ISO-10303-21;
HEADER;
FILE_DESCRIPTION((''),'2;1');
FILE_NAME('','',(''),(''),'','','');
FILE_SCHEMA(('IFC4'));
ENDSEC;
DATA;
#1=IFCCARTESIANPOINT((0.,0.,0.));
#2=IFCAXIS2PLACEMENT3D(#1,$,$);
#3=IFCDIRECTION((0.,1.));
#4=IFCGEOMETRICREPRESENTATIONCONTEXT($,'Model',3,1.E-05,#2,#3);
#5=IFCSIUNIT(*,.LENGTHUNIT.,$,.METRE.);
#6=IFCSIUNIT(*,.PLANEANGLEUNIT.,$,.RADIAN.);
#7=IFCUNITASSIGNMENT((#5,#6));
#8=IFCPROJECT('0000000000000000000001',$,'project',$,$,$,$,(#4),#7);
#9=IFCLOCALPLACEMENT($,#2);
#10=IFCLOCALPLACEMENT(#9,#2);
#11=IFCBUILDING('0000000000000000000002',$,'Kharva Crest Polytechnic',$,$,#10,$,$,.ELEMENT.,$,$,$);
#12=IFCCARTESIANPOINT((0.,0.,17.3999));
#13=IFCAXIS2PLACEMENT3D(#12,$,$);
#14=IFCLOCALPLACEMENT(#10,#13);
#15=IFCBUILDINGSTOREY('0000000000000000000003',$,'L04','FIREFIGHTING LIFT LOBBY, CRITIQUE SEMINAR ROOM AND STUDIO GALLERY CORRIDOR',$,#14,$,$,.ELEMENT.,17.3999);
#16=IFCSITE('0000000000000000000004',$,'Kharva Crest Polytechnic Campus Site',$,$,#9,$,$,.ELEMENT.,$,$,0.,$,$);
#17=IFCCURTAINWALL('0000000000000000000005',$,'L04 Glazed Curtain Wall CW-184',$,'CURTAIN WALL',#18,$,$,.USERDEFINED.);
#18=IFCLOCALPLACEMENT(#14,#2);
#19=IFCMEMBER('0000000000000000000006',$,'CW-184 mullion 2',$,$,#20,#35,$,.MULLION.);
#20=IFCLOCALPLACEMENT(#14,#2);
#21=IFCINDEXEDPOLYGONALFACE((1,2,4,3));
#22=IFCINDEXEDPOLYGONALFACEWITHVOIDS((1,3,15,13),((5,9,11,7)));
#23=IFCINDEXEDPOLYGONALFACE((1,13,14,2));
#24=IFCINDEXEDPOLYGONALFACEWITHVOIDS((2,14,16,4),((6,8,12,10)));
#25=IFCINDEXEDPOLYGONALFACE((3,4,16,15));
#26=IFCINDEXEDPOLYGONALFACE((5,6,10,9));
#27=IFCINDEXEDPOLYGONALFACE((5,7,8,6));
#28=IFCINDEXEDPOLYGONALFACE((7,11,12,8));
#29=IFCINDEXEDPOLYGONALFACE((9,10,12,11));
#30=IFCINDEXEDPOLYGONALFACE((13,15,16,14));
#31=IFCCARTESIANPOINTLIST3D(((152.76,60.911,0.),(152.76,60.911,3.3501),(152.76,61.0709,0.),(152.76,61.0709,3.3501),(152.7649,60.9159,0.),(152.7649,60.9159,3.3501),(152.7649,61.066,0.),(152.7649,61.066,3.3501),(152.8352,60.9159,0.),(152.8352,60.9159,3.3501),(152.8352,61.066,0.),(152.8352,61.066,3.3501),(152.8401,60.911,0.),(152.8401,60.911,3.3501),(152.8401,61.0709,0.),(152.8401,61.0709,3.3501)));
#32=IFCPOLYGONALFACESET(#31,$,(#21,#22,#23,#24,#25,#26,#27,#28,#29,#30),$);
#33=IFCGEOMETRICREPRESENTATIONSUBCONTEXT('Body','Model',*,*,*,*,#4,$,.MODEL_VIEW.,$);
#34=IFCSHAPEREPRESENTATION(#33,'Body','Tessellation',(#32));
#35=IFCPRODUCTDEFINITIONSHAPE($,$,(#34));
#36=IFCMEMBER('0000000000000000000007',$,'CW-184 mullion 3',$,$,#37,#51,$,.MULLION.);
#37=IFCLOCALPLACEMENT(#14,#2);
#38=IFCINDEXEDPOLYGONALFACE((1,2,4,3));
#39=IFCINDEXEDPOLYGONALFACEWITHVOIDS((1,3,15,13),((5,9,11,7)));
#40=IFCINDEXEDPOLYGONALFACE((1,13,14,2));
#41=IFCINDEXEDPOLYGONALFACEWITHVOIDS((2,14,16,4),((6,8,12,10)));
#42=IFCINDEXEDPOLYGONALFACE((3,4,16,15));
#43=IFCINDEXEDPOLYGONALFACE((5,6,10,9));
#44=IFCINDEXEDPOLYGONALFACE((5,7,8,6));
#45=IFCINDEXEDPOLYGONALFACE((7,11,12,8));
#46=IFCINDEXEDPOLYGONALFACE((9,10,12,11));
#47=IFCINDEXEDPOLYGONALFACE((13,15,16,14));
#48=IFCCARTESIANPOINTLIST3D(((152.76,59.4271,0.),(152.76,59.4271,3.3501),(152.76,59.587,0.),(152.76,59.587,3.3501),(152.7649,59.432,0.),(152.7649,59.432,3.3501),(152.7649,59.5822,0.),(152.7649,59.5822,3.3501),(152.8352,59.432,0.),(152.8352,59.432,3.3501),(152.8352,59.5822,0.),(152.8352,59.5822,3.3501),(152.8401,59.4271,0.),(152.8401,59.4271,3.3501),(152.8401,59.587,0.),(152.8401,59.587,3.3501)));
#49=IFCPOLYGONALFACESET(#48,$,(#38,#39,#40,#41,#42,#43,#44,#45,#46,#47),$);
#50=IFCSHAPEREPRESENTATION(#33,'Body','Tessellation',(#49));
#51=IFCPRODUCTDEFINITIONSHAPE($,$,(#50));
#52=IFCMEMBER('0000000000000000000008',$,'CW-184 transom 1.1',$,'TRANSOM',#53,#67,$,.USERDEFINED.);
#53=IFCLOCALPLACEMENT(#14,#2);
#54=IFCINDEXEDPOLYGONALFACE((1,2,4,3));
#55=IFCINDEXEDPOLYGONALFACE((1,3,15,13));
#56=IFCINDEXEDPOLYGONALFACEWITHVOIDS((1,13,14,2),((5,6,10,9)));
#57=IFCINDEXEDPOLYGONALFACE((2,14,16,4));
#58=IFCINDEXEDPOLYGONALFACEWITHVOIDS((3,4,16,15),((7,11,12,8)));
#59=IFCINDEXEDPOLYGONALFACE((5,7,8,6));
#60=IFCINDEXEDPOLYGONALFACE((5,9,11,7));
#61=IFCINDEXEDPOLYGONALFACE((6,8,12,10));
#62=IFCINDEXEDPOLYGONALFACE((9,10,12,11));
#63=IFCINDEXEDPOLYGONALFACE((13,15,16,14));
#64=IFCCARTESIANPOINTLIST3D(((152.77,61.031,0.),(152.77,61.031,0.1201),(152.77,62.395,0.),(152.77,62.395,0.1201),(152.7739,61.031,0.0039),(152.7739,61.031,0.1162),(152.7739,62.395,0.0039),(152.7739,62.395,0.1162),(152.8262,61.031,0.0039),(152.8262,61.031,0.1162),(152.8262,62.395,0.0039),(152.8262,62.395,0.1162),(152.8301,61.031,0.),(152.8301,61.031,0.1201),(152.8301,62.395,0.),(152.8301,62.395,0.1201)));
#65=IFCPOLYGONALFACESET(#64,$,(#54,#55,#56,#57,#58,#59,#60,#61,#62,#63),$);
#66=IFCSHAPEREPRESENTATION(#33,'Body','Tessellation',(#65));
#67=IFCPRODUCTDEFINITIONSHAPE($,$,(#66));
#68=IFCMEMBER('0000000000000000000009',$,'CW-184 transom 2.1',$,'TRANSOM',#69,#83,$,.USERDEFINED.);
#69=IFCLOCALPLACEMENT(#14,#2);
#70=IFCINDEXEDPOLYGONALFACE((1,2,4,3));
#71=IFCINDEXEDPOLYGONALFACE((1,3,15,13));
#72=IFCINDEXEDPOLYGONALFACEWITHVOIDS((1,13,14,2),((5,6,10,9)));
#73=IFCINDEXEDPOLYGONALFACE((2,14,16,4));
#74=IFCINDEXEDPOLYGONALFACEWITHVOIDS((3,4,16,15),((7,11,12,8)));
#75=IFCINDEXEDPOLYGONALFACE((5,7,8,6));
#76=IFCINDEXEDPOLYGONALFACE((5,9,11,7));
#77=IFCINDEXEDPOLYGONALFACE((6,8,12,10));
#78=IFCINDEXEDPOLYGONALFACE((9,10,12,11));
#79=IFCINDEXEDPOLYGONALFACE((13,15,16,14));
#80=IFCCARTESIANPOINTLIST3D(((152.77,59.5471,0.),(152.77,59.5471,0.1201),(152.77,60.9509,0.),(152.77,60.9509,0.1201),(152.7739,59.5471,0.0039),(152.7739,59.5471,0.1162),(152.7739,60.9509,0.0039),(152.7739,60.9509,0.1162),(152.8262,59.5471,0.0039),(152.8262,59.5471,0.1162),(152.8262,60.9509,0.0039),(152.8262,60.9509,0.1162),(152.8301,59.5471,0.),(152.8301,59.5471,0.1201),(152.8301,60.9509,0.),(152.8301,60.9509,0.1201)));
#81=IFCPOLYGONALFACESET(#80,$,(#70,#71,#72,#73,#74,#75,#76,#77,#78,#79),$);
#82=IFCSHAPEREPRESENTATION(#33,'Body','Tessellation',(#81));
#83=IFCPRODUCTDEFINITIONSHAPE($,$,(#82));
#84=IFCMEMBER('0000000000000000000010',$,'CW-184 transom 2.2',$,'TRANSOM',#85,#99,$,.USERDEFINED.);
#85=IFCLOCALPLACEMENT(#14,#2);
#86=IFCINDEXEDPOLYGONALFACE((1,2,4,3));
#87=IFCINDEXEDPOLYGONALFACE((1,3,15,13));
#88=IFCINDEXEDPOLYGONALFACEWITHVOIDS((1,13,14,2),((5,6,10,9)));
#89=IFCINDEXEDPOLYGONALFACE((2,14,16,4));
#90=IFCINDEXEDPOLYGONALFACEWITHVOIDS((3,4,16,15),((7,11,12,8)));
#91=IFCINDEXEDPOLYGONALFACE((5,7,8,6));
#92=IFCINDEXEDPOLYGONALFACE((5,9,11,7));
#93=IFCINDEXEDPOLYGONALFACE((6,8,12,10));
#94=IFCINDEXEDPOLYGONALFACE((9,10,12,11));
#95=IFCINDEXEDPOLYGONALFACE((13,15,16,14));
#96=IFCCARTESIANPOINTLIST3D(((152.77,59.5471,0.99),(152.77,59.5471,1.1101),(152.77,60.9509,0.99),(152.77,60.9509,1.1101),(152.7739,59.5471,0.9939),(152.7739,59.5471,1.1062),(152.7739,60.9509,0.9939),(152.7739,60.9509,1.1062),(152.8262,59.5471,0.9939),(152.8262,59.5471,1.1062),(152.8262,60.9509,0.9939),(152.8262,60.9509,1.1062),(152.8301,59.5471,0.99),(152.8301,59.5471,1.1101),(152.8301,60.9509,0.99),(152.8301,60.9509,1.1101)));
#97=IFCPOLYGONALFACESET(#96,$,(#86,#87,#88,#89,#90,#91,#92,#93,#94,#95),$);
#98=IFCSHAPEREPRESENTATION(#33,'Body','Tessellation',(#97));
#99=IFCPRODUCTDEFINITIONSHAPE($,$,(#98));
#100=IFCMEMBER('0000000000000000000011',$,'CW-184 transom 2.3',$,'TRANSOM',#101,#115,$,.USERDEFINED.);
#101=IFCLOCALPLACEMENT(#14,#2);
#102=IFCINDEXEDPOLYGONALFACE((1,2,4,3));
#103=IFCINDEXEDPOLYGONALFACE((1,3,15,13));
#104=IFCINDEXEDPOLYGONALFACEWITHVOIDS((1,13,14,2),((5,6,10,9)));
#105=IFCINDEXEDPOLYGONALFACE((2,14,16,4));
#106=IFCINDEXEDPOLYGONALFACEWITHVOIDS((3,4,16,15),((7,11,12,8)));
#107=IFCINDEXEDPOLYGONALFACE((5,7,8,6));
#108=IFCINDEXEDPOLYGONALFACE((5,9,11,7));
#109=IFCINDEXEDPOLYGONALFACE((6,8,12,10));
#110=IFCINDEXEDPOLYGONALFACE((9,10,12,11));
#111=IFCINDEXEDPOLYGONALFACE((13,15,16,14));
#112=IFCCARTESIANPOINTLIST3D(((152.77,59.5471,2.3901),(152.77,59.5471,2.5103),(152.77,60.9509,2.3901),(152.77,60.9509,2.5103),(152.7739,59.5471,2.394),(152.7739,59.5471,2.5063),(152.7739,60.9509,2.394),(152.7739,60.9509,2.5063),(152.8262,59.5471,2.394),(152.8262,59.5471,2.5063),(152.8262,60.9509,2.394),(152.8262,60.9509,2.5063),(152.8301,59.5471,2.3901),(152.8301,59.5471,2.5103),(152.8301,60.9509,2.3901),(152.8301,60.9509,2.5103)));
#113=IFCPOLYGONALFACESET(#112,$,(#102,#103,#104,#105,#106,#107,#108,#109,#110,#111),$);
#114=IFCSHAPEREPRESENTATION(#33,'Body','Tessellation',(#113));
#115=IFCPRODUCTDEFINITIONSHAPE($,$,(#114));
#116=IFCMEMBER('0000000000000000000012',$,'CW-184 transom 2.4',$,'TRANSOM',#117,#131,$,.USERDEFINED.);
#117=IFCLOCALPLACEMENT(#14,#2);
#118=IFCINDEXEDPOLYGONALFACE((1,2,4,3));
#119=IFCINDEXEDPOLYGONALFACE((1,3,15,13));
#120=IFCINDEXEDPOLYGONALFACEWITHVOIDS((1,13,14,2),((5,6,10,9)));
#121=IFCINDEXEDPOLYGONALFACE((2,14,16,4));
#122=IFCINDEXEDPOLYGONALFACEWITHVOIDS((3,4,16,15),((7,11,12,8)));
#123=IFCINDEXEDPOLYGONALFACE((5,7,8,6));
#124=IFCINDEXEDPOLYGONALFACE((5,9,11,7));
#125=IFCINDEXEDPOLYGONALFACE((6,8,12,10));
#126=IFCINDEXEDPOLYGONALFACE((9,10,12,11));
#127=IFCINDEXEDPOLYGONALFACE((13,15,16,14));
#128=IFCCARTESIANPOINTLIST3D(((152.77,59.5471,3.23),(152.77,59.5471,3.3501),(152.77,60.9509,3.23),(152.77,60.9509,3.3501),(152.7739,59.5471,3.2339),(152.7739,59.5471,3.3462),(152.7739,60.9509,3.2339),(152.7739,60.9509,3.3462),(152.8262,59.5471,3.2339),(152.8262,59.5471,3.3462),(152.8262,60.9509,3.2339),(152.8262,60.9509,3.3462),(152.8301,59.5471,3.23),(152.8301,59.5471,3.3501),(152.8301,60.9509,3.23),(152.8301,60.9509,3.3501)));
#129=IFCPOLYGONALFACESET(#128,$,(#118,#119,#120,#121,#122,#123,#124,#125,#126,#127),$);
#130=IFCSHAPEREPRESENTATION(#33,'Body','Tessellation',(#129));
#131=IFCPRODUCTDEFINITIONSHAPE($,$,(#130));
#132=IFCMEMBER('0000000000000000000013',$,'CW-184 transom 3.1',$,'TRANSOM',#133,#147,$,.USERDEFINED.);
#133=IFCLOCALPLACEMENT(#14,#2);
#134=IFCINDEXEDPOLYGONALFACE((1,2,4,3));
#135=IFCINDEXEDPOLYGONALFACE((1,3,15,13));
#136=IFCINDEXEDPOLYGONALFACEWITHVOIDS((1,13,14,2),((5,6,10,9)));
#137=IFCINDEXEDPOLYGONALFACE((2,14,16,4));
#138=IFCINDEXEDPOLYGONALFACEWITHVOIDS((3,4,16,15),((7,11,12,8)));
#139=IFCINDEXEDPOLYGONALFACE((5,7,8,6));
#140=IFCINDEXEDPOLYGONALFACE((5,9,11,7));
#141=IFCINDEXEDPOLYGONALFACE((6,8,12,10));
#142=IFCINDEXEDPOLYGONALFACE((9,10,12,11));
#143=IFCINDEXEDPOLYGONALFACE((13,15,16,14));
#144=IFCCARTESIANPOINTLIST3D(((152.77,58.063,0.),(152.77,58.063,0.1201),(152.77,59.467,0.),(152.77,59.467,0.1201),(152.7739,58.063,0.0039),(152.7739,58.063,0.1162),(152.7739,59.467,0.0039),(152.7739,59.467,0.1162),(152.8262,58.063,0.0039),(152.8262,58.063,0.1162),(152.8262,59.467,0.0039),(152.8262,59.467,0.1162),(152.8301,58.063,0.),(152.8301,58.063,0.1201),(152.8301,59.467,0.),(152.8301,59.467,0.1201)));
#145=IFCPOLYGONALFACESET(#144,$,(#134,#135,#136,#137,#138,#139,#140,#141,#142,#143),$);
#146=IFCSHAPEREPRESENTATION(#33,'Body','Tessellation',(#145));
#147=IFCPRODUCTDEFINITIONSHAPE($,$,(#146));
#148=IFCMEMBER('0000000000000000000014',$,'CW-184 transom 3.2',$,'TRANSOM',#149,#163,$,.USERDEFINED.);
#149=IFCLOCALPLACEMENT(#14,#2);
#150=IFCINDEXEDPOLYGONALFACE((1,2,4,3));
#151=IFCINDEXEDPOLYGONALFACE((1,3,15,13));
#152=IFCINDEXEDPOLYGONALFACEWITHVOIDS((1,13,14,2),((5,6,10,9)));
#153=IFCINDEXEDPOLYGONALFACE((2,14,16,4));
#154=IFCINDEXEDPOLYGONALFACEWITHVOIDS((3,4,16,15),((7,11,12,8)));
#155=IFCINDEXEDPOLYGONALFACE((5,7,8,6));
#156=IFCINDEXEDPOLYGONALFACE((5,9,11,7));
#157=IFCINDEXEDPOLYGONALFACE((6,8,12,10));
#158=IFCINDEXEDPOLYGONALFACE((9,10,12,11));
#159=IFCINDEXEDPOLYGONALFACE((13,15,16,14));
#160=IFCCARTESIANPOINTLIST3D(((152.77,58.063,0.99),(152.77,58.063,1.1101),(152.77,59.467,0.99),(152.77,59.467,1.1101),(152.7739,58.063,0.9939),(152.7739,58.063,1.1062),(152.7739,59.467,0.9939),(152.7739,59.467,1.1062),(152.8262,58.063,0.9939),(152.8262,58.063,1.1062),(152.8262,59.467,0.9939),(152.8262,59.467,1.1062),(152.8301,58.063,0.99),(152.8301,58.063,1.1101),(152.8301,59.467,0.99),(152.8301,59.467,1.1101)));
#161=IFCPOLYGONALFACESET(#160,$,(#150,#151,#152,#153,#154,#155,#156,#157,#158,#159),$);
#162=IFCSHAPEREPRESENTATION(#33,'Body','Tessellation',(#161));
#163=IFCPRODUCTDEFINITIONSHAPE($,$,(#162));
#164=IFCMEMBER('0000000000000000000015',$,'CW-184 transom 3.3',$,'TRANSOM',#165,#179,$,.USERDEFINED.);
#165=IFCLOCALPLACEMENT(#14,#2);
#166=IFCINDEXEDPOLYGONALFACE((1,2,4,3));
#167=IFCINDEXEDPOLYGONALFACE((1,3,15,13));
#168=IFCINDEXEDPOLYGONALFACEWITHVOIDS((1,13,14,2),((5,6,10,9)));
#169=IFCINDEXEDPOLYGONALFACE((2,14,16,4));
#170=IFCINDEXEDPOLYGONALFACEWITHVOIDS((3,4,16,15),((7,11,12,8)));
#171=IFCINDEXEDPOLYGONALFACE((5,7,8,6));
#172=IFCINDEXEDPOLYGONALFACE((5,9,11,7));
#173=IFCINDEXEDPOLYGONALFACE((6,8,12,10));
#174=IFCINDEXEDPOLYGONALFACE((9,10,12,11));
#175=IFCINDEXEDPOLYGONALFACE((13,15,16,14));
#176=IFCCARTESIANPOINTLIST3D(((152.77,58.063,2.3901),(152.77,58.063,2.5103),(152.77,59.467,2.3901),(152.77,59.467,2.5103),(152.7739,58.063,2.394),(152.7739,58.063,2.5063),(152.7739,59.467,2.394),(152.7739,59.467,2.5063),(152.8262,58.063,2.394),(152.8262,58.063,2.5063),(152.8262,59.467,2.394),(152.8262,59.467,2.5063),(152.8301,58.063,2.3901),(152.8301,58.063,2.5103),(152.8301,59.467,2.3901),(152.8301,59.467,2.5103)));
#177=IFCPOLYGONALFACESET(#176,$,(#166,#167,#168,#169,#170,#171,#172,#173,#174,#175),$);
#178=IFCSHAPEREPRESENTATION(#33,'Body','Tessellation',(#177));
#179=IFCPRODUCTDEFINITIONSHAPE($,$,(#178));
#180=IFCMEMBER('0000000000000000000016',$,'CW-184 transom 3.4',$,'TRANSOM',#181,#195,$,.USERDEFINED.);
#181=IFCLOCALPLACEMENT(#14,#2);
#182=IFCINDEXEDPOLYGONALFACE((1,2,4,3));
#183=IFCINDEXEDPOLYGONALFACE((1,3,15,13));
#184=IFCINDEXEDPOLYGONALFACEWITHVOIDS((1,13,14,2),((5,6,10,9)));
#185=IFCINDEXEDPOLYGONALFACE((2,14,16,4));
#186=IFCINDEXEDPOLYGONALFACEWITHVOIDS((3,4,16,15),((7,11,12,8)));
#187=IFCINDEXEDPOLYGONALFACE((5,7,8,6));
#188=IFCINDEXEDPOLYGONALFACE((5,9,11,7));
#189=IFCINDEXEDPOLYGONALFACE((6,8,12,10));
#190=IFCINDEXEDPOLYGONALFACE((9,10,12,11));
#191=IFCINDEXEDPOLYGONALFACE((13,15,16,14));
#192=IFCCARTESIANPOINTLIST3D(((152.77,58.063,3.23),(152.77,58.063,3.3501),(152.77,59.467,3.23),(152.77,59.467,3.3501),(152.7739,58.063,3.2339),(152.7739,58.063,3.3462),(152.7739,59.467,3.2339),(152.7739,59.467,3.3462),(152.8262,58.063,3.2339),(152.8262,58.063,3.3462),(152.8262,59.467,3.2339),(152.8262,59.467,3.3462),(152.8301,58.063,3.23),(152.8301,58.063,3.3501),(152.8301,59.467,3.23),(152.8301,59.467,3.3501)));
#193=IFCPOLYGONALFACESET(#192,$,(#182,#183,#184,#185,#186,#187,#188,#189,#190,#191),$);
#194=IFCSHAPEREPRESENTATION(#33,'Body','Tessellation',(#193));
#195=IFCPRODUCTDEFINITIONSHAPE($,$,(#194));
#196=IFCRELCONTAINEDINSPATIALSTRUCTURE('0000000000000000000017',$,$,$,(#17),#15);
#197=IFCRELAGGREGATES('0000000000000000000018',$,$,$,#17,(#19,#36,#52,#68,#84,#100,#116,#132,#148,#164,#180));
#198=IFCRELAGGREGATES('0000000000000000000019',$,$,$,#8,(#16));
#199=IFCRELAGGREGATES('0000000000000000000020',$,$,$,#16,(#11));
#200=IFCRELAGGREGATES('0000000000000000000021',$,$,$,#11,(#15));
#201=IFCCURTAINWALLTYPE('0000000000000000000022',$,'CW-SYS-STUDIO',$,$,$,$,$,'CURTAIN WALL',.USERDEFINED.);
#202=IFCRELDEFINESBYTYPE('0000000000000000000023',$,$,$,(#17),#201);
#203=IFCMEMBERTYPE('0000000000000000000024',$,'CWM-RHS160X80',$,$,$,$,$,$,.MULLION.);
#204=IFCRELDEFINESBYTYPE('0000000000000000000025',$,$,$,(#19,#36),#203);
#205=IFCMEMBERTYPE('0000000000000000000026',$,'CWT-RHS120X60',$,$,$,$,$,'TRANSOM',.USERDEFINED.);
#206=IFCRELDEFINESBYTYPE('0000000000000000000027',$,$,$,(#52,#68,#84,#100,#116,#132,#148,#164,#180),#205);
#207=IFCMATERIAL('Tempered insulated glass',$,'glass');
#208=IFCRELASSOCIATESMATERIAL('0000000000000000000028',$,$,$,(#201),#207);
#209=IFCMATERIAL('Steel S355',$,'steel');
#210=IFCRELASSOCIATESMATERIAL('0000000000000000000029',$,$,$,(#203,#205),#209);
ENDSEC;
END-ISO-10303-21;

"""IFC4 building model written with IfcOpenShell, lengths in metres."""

from ifc_helpers import new_model, si_unit, direction, frame, origin, origin_2d, place, context, subcontext, project, spatial, hollow_rectangle, extrude, material, material_profile, profile_set, type_object, element, aggregate, save


model = new_model("IFC4")

# Units and contexts
model_context = context("Model", 3, precision=1e-05, world=origin(), true_north=direction((0.0, 1.0)))
body_context = subcontext(model_context, "Body", "Model", "MODEL_VIEW")
ifc_project = project(units=[si_unit("LENGTHUNIT", "METRE"), si_unit("PLANEANGLEUNIT", "RADIAN")], contexts=[model_context])

# Site, building, storey
site_placement = place(None, origin())
site = spatial("IfcSite", under=ifc_project, at=site_placement, Name="Kharva Crest Polytechnic Campus Site", CompositionType="ELEMENT", RefElevation=0.0)
building_placement = place(site_placement, origin())
building = spatial("IfcBuilding", under=site, at=building_placement, Name="Kharva Crest Polytechnic", CompositionType="ELEMENT")
storey_placement = place(building_placement, frame((0.0, 0.0, 17.3999)))
storey = spatial("IfcBuildingStorey", under=building, at=storey_placement, Name="L04", Description="FIREFIGHTING LIFT LOBBY, CRITIQUE SEMINAR ROOM AND STUDIO GALLERY CORRIDOR", CompositionType="ELEMENT", Elevation=17.3999)

# Curtain wall, members
ifc_material_1 = material(Name="Tempered insulated glass", Category="glass")
curtain_wall_type = type_object("IfcCurtainWallType", Name="CW-SYS-STUDIO", ElementType="CURTAIN WALL", PredefinedType="USERDEFINED", material=ifc_material_1)
curtain_wall_placement = place(storey_placement, origin())
curtain_wall = element("IfcCurtainWall", 1, at=curtain_wall_placement, inside=storey, type_object=curtain_wall_type, Name="L04 Glazed Curtain Wall CW-184", ObjectType="CURTAIN WALL", PredefinedType="USERDEFINED")
ifc_material_2 = material(Name="Steel S355", Category="steel")
ifc_material_profile_1 = material_profile(ifc_material_2, hollow_rectangle(XDim=0.0801, YDim=0.1599, WallThickness=0.0049, at=origin_2d()), Name="RHS 160X80X5.0")
ifc_profile_set_1 = profile_set([ifc_material_profile_1], Name="Steel S355")
member_type_1 = type_object("IfcMemberType", Name="CWM-RHS160X80", PredefinedType="MULLION", material=ifc_profile_set_1)
member_1_placement = place(storey_placement, frame((152.8, 60.991, 0.0), z_axis=(0.0, 0.0, 1.0), x_axis=(1.0, 0.0, 0.0)))
member_1 = element("IfcMember", 2, at=member_1_placement, type_object=member_type_1, Name="CW-184 mullion 2", PredefinedType="MULLION", context=body_context, shape_type="SweptSolid", body=[
    extrude(hollow_rectangle(XDim=0.0801, YDim=0.1599, WallThickness=0.0049, at=origin_2d()), origin(), (0.0, 0.0, 1.0), 3.3501),
])
member_2_placement = place(storey_placement, frame((152.8, 59.5071, 0.0), z_axis=(0.0, 0.0, 1.0), x_axis=(1.0, 0.0, 0.0)))
member_2 = element("IfcMember", 3, at=member_2_placement, type_object=member_type_1, Name="CW-184 mullion 3", PredefinedType="MULLION", context=body_context, shape_type="SweptSolid", body=[
    extrude(hollow_rectangle(XDim=0.0801, YDim=0.1599, WallThickness=0.0049, at=origin_2d()), origin(), (0.0, 0.0, 1.0), 3.3501),
])
ifc_material_profile_2 = material_profile(ifc_material_2, hollow_rectangle(XDim=0.0601, YDim=0.1201, WallThickness=0.0039, at=origin_2d()), Name="RHS 120X60X4.0")
ifc_profile_set_2 = profile_set([ifc_material_profile_2], Name="Steel S355")
member_type_2 = type_object("IfcMemberType", Name="CWT-RHS120X60", ElementType="TRANSOM", PredefinedType="USERDEFINED", material=ifc_profile_set_2)
member_3_placement = place(storey_placement, frame((152.8, 62.395, 0.0601), z_axis=(0.0, -1.0, 0.0), x_axis=(1.0, 0.0, 0.0)))
member_3 = element("IfcMember", 4, at=member_3_placement, type_object=member_type_2, Name="CW-184 transom 1.1", ObjectType="TRANSOM", PredefinedType="USERDEFINED", context=body_context, shape_type="SweptSolid", body=[
    extrude(hollow_rectangle(XDim=0.0601, YDim=0.1201, WallThickness=0.0039, at=origin_2d()), origin(), (0.0, 0.0, 1.0), 1.364),
])
member_4_placement = place(storey_placement, frame((152.8, 60.9509, 0.0601), z_axis=(0.0, -1.0, 0.0), x_axis=(1.0, 0.0, 0.0)))
member_4 = element("IfcMember", 5, at=member_4_placement, type_object=member_type_2, Name="CW-184 transom 2.1", ObjectType="TRANSOM", PredefinedType="USERDEFINED", context=body_context, shape_type="SweptSolid", body=[
    extrude(hollow_rectangle(XDim=0.0601, YDim=0.1201, WallThickness=0.0039, at=origin_2d()), origin(), (0.0, 0.0, 1.0), 1.4038),
])
member_5_placement = place(storey_placement, frame((152.8, 60.9509, 1.05), z_axis=(0.0, -1.0, 0.0), x_axis=(1.0, 0.0, 0.0)))
member_5 = element("IfcMember", 6, at=member_5_placement, type_object=member_type_2, Name="CW-184 transom 2.2", ObjectType="TRANSOM", PredefinedType="USERDEFINED", context=body_context, shape_type="SweptSolid", body=[
    extrude(hollow_rectangle(XDim=0.0601, YDim=0.1201, WallThickness=0.0039, at=origin_2d()), origin(), (0.0, 0.0, 1.0), 1.4038),
])
member_6_placement = place(storey_placement, frame((152.8, 60.9509, 2.4502), z_axis=(0.0, -1.0, 0.0), x_axis=(1.0, 0.0, 0.0)))
member_6 = element("IfcMember", 7, at=member_6_placement, type_object=member_type_2, Name="CW-184 transom 2.3", ObjectType="TRANSOM", PredefinedType="USERDEFINED", context=body_context, shape_type="SweptSolid", body=[
    extrude(hollow_rectangle(XDim=0.0601, YDim=0.1201, WallThickness=0.0039, at=origin_2d()), origin(), (0.0, 0.0, 1.0), 1.4038),
])
member_7_placement = place(storey_placement, frame((152.8, 60.9509, 3.29), z_axis=(0.0, -1.0, 0.0), x_axis=(1.0, 0.0, 0.0)))
member_7 = element("IfcMember", 8, at=member_7_placement, type_object=member_type_2, Name="CW-184 transom 2.4", ObjectType="TRANSOM", PredefinedType="USERDEFINED", context=body_context, shape_type="SweptSolid", body=[
    extrude(hollow_rectangle(XDim=0.0601, YDim=0.1201, WallThickness=0.0039, at=origin_2d()), origin(), (0.0, 0.0, 1.0), 1.4038),
])
member_8_placement = place(storey_placement, frame((152.8, 59.467, 0.0601), z_axis=(0.0, -1.0, 0.0), x_axis=(1.0, 0.0, 0.0)))
member_8 = element("IfcMember", 9, at=member_8_placement, type_object=member_type_2, Name="CW-184 transom 3.1", ObjectType="TRANSOM", PredefinedType="USERDEFINED", context=body_context, shape_type="SweptSolid", body=[
    extrude(hollow_rectangle(XDim=0.0601, YDim=0.1201, WallThickness=0.0039, at=origin_2d()), origin(), (0.0, 0.0, 1.0), 1.4041),
])
member_9_placement = place(storey_placement, frame((152.8, 59.467, 1.05), z_axis=(0.0, -1.0, 0.0), x_axis=(1.0, 0.0, 0.0)))
member_9 = element("IfcMember", 10, at=member_9_placement, type_object=member_type_2, Name="CW-184 transom 3.2", ObjectType="TRANSOM", PredefinedType="USERDEFINED", context=body_context, shape_type="SweptSolid", body=[
    extrude(hollow_rectangle(XDim=0.0601, YDim=0.1201, WallThickness=0.0039, at=origin_2d()), origin(), (0.0, 0.0, 1.0), 1.4041),
])
member_10_placement = place(storey_placement, frame((152.8, 59.467, 2.4502), z_axis=(0.0, -1.0, 0.0), x_axis=(1.0, 0.0, 0.0)))
member_10 = element("IfcMember", 11, at=member_10_placement, type_object=member_type_2, Name="CW-184 transom 3.3", ObjectType="TRANSOM", PredefinedType="USERDEFINED", context=body_context, shape_type="SweptSolid", body=[
    extrude(hollow_rectangle(XDim=0.0601, YDim=0.1201, WallThickness=0.0039, at=origin_2d()), origin(), (0.0, 0.0, 1.0), 1.4041),
])
member_11_placement = place(storey_placement, frame((152.8, 59.467, 3.29), z_axis=(0.0, -1.0, 0.0), x_axis=(1.0, 0.0, 0.0)))
member_11 = element("IfcMember", 12, at=member_11_placement, type_object=member_type_2, Name="CW-184 transom 3.4", ObjectType="TRANSOM", PredefinedType="USERDEFINED", context=body_context, shape_type="SweptSolid", body=[
    extrude(hollow_rectangle(XDim=0.0601, YDim=0.1201, WallThickness=0.0039, at=origin_2d()), origin(), (0.0, 0.0, 1.0), 1.4041),
])
aggregate(curtain_wall, [member_1, member_2, member_3, member_4, member_5, member_6, member_7, member_8, member_9, member_10, member_11])

save(model, "model.ifc")
